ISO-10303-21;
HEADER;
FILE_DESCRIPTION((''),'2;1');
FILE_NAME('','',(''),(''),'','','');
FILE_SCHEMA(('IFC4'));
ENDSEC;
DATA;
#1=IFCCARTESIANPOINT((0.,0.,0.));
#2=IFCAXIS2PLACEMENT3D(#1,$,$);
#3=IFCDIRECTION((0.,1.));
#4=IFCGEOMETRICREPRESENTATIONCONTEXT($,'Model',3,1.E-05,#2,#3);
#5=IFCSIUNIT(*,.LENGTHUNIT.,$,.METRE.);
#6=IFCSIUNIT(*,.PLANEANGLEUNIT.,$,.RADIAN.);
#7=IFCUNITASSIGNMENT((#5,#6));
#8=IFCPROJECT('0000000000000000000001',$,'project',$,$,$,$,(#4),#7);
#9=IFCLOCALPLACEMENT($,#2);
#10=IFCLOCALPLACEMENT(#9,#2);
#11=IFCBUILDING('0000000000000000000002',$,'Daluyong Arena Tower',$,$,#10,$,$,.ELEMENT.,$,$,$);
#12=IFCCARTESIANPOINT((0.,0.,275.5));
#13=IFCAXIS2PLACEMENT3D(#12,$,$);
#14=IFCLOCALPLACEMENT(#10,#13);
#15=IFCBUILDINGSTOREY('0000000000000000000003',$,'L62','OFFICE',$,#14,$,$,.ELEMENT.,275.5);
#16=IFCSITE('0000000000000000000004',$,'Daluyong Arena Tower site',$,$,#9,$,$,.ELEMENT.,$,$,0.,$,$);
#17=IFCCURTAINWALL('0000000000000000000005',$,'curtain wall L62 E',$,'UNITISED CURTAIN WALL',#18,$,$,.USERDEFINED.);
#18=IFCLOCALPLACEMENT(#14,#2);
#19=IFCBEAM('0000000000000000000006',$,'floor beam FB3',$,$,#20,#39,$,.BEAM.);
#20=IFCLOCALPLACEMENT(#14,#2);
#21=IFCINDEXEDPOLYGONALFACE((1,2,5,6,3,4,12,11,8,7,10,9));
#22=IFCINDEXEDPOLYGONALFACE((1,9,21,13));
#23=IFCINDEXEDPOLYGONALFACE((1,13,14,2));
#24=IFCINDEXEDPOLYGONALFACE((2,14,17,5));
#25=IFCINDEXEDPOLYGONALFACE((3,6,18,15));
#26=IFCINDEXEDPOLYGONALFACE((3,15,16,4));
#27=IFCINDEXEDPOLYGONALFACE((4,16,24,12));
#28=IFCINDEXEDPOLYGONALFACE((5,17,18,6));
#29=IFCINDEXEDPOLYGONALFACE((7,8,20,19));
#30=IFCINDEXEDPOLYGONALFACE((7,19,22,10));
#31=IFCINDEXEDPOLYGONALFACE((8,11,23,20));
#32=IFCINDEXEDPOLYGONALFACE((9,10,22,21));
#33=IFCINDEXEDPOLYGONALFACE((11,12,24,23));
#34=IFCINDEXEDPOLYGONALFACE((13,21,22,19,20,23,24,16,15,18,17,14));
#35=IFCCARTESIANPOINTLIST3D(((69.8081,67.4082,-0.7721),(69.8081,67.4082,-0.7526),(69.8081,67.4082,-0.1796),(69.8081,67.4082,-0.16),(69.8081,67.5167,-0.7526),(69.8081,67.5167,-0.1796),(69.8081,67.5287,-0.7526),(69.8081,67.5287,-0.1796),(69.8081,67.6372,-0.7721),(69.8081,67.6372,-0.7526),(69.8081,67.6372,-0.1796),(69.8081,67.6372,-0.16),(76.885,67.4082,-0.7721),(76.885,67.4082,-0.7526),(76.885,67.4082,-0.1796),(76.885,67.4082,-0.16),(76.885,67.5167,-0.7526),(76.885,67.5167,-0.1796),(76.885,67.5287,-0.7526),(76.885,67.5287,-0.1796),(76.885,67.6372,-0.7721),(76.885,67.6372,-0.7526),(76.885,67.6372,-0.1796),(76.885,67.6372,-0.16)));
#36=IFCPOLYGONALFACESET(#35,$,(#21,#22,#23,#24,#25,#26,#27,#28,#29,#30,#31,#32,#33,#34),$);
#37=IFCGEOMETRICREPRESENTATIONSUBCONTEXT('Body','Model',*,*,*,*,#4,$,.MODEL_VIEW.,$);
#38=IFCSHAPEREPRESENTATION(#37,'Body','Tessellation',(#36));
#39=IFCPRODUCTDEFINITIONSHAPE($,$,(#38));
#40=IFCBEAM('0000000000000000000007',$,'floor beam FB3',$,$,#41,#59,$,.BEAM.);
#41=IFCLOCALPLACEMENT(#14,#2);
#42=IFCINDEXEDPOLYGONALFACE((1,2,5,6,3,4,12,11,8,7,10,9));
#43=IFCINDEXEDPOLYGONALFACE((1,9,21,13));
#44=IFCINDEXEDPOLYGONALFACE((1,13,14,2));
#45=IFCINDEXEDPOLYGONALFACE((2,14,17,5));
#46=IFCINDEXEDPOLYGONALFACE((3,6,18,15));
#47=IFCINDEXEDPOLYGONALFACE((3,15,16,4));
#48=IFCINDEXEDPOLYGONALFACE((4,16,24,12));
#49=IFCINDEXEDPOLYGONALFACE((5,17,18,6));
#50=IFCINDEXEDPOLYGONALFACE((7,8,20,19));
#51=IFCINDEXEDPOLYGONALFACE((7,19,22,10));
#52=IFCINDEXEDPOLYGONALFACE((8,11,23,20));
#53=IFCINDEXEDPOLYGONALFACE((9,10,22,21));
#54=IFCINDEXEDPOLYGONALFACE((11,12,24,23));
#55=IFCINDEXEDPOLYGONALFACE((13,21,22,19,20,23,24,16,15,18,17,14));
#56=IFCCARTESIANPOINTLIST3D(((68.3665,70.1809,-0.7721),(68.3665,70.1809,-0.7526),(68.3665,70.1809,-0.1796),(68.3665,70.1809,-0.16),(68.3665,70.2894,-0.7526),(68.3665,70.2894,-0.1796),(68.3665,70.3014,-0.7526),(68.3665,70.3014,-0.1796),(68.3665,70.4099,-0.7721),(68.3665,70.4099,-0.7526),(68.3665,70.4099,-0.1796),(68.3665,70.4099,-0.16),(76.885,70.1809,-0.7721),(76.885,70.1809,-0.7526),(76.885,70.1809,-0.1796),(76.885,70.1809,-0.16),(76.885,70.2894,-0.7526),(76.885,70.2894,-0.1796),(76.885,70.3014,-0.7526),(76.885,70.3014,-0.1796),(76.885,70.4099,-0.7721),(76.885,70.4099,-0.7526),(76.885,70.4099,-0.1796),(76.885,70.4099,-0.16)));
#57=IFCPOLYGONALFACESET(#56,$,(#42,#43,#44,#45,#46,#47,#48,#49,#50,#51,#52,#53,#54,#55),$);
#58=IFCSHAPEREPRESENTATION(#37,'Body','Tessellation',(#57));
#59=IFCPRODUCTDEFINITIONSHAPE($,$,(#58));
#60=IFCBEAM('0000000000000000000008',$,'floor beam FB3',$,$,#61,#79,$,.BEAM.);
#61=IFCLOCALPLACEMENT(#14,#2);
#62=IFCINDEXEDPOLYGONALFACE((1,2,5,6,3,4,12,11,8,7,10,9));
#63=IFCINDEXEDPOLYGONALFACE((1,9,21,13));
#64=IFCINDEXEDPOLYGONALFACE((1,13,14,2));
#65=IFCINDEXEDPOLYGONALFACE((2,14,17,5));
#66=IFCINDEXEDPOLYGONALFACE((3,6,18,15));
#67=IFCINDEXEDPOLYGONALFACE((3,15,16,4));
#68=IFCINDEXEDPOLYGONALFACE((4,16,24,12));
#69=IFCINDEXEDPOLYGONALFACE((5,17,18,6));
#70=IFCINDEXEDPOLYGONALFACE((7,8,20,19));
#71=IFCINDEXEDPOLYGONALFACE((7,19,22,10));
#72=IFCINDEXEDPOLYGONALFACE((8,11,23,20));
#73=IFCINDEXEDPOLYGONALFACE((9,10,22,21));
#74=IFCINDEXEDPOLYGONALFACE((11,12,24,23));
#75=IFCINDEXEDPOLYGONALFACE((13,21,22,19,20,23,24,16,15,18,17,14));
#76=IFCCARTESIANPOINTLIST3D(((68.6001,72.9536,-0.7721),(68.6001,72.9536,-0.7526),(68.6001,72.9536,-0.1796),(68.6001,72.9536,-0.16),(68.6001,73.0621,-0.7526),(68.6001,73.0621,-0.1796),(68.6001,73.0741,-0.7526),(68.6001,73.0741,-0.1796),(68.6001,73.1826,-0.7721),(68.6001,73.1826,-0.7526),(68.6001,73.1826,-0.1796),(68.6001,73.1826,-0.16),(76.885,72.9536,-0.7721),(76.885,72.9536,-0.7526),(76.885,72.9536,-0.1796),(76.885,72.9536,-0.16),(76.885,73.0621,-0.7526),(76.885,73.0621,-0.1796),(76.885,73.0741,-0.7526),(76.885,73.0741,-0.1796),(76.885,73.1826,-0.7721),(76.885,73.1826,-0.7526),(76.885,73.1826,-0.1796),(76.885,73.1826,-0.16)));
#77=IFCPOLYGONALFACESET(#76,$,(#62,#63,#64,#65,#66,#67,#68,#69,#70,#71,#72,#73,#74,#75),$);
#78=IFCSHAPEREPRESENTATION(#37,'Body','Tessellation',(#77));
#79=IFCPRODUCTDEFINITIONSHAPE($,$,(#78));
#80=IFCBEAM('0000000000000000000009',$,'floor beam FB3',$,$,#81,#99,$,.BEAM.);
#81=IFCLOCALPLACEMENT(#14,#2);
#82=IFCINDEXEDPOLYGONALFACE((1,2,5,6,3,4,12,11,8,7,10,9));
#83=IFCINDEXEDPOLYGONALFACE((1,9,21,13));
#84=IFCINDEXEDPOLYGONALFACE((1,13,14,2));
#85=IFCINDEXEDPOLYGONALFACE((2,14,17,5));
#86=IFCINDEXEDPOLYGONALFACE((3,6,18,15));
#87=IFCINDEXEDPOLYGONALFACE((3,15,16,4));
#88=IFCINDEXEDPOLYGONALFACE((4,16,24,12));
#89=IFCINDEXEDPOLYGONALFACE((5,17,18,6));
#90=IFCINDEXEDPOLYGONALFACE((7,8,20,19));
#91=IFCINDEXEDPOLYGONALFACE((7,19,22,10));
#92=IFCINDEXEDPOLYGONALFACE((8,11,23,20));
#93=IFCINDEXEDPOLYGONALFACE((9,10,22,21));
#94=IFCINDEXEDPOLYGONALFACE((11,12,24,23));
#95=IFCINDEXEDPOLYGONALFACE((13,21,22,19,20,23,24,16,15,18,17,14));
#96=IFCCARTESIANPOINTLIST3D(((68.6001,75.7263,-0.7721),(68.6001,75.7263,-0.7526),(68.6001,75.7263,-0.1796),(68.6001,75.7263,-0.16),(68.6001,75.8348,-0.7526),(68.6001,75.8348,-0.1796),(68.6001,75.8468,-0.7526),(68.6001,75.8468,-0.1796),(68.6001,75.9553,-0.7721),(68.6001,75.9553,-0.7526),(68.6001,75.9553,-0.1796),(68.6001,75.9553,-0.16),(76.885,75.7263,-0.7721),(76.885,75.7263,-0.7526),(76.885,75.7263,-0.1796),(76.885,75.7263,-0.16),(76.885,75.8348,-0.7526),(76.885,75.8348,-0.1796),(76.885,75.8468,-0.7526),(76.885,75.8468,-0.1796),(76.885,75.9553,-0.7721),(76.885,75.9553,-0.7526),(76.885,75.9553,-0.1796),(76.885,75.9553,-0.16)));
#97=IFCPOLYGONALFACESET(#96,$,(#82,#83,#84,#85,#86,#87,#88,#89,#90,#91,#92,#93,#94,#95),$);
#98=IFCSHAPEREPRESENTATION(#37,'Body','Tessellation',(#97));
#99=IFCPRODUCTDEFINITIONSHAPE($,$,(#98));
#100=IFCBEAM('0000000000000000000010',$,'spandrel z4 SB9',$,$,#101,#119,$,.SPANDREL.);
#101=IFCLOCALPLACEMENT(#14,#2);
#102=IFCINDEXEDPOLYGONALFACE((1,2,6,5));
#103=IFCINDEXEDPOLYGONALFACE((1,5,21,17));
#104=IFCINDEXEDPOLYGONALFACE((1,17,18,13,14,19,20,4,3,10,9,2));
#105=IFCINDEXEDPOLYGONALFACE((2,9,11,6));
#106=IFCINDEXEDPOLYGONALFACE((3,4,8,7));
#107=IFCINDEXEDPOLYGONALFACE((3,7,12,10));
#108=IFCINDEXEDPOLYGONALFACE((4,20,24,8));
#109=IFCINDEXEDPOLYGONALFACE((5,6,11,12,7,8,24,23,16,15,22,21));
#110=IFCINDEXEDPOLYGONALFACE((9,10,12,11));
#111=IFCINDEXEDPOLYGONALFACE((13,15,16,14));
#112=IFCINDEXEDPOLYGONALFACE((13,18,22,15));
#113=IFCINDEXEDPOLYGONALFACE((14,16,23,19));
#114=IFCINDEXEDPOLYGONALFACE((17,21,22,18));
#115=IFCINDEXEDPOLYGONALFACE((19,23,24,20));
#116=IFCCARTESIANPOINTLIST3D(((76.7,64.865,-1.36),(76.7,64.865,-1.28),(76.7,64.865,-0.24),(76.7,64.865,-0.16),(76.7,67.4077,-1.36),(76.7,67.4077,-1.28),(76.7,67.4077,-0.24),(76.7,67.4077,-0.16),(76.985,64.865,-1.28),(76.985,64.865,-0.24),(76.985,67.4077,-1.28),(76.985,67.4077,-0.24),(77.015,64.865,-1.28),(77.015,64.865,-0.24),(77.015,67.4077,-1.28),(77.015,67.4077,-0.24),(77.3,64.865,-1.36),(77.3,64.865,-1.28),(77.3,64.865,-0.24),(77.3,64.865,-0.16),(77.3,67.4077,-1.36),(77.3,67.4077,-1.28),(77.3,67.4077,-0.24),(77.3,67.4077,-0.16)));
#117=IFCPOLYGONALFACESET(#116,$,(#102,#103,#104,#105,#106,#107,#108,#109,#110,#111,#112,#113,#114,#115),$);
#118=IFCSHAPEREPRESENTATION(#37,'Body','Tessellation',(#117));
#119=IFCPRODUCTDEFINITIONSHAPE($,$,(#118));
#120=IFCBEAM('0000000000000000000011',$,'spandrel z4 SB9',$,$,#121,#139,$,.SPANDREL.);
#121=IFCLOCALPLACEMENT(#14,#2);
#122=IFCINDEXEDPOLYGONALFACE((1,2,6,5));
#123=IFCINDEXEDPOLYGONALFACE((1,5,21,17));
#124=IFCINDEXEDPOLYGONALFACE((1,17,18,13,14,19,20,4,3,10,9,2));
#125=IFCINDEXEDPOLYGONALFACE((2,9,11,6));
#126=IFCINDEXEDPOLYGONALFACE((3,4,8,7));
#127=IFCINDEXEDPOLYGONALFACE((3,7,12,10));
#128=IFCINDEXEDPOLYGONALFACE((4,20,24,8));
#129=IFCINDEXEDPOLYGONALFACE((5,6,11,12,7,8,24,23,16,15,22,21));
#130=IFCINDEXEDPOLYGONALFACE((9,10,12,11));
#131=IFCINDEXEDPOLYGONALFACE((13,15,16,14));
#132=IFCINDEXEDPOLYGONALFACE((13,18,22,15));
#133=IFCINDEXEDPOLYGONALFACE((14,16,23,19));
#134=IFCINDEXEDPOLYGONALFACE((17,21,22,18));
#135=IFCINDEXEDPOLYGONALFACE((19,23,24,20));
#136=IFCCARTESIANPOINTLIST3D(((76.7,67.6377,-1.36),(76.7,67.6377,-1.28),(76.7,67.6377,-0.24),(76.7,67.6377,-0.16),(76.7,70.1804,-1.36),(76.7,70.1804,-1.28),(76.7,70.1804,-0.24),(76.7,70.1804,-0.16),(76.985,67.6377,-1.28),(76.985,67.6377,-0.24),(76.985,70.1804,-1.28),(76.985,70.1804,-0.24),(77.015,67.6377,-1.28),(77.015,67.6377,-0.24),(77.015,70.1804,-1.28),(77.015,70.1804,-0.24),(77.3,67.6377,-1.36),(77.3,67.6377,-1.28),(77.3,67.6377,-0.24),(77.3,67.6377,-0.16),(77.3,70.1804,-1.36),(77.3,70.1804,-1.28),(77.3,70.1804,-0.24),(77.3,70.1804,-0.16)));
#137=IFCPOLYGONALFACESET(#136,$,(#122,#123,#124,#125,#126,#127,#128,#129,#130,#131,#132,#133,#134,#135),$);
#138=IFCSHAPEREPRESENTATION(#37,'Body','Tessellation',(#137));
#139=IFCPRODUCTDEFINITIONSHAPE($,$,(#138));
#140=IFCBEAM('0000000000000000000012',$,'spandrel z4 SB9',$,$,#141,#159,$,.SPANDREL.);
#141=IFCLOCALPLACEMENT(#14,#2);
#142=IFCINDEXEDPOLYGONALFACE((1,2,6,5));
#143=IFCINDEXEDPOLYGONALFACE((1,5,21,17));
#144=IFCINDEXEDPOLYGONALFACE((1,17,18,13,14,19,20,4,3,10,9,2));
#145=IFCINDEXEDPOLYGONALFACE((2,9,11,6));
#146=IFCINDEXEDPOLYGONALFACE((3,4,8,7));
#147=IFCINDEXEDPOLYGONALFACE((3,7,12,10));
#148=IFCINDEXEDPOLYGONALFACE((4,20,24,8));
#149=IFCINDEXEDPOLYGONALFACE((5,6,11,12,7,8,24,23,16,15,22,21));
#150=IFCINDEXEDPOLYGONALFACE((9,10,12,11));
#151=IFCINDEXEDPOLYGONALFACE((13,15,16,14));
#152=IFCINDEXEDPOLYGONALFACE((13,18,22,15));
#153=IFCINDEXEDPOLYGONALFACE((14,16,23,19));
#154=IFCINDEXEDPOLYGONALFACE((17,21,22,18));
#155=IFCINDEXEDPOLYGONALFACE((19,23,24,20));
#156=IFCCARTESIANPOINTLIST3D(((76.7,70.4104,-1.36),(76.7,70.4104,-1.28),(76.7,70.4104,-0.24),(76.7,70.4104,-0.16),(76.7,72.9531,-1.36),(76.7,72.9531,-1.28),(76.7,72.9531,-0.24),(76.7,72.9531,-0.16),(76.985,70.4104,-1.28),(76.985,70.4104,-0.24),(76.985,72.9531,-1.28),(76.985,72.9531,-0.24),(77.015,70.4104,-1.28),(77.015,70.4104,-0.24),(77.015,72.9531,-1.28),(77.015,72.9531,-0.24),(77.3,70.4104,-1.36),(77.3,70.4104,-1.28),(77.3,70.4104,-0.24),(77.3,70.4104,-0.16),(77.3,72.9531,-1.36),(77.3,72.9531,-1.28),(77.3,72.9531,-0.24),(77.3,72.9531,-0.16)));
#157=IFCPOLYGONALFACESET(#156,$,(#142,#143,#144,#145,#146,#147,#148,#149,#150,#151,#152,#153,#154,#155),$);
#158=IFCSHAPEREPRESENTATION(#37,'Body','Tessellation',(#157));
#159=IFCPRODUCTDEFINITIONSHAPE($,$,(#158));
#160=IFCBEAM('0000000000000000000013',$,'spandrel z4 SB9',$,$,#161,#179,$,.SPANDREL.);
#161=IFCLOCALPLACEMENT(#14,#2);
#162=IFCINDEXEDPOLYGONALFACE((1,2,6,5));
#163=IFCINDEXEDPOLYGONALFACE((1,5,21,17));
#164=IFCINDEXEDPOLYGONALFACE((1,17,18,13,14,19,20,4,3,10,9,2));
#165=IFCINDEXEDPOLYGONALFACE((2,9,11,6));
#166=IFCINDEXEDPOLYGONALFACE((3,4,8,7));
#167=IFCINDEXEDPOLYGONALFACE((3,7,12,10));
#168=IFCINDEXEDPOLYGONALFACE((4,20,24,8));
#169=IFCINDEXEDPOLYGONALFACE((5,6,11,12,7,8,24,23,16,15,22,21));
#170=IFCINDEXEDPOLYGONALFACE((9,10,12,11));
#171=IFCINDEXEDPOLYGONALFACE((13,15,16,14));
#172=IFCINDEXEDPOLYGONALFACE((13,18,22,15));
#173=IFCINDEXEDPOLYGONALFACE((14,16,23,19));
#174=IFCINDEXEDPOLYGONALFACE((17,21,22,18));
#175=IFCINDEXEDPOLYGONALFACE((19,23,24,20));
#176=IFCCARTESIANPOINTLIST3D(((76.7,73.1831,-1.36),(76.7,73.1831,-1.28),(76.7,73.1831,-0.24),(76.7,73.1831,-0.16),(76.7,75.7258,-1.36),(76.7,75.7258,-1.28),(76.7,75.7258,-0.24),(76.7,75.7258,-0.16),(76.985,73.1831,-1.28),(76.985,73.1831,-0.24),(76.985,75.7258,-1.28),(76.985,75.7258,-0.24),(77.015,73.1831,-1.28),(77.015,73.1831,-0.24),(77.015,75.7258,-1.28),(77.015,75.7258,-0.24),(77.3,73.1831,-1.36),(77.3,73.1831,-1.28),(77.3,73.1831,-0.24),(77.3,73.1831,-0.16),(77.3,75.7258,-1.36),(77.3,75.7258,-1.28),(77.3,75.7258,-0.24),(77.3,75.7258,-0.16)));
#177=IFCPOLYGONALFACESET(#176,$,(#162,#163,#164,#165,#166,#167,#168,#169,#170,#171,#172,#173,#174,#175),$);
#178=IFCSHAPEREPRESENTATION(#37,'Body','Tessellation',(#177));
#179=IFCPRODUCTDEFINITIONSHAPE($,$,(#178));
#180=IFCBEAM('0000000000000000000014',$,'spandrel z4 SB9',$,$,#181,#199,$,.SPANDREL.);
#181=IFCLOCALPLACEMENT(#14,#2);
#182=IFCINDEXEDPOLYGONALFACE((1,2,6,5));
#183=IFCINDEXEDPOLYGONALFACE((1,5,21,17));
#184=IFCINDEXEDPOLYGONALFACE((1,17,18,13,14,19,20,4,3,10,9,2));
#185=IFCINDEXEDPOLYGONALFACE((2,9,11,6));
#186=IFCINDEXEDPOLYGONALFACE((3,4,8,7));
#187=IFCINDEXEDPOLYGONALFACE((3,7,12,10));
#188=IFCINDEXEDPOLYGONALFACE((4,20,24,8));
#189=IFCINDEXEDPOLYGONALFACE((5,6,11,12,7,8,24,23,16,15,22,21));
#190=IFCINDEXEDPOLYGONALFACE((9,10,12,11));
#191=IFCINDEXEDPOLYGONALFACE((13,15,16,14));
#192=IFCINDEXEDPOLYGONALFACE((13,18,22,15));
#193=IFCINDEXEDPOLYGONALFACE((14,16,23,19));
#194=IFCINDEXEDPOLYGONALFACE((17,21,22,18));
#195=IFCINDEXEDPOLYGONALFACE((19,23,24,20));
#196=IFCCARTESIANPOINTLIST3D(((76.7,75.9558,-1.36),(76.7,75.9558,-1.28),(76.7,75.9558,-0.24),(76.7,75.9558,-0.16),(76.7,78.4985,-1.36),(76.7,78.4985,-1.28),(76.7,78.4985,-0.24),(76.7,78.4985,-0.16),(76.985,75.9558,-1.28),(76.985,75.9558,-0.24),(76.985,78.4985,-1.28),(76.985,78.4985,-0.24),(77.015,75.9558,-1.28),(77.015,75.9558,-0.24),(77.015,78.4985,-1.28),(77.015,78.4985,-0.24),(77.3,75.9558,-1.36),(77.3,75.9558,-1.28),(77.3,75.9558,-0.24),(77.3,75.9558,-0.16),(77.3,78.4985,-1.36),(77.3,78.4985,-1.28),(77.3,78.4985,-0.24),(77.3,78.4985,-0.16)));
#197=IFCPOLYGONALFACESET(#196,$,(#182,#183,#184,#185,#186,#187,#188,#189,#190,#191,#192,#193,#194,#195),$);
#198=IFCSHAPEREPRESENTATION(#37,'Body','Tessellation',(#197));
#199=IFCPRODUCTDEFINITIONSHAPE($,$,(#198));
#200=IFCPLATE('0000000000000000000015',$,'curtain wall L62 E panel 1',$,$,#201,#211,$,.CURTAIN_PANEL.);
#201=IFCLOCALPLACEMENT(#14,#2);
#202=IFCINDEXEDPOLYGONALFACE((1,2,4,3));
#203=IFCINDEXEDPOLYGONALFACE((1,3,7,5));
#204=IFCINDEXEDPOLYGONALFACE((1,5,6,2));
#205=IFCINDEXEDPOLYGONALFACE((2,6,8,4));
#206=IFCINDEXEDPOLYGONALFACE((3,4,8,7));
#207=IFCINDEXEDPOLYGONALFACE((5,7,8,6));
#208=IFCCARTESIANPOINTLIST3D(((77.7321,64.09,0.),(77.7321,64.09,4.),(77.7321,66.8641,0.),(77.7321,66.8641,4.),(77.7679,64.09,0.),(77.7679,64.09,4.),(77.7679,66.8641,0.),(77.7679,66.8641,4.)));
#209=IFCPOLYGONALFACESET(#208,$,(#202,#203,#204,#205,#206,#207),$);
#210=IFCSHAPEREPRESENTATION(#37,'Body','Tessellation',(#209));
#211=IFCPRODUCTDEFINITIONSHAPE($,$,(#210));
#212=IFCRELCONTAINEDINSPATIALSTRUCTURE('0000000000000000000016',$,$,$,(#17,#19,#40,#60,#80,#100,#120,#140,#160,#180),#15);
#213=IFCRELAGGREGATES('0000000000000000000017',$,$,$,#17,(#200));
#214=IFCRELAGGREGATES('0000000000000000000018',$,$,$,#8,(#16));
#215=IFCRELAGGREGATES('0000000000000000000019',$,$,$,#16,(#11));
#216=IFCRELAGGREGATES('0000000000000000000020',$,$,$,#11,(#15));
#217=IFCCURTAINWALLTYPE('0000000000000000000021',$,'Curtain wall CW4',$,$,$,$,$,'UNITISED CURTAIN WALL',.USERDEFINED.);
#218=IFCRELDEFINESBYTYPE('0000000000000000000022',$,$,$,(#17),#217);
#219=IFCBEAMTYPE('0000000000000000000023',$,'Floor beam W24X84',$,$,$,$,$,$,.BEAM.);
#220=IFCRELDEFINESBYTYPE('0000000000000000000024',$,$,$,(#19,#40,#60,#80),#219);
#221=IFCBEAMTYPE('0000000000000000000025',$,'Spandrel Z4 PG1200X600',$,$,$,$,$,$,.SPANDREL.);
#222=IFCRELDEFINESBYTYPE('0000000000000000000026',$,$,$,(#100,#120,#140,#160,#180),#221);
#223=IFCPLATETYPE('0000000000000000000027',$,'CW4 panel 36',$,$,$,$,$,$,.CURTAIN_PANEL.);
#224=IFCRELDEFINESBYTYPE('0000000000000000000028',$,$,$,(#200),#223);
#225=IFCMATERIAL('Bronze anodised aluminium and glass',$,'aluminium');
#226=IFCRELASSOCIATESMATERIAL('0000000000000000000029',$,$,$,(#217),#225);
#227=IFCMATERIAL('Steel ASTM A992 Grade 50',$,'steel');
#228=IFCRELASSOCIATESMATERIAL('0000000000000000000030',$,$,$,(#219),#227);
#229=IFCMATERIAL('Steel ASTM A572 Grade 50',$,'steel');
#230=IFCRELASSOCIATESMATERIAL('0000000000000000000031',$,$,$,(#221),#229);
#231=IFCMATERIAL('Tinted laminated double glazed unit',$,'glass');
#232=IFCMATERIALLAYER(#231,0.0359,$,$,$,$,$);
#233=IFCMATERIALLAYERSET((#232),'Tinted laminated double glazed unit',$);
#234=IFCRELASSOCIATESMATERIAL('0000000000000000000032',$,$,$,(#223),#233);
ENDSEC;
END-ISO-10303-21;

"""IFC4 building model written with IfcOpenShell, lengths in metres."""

from ifc_helpers import new_model, si_unit, direction, frame, origin, origin_2d, place, context, subcontext, project, spatial, rectangle, i_section, extrude, material, layer, layer_set, material_profile, profile_set, type_object, element, aggregate, save


model = new_model("IFC4")

# Units and contexts
model_context = context("Model", 3, precision=1e-05, world=origin(), true_north=direction((0.0, 1.0)))
body_context = subcontext(model_context, "Body", "Model", "MODEL_VIEW")
ifc_project = project(units=[si_unit("LENGTHUNIT", "METRE"), si_unit("PLANEANGLEUNIT", "RADIAN")], contexts=[model_context])

# Site, building, storey
site_placement = place(None, origin())
site = spatial("IfcSite", under=ifc_project, at=site_placement, Name="Daluyong Arena Tower site", CompositionType="ELEMENT", RefElevation=0.0)
building_placement = place(site_placement, origin())
building = spatial("IfcBuilding", under=site, at=building_placement, Name="Daluyong Arena Tower", CompositionType="ELEMENT")
storey_placement = place(building_placement, frame((0.0, 0.0, 275.5)))
storey = spatial("IfcBuildingStorey", under=building, at=storey_placement, Name="L62", Description="OFFICE", CompositionType="ELEMENT", Elevation=275.5)

# Curtain wall
ifc_material_1 = material(Name="Bronze anodised aluminium and glass", Category="aluminium")
curtain_wall_type = type_object("IfcCurtainWallType", Name="Curtain wall CW4", ElementType="UNITISED CURTAIN WALL", PredefinedType="USERDEFINED", material=ifc_material_1)
curtain_wall_placement = place(storey_placement, origin())
curtain_wall = element("IfcCurtainWall", 1, at=curtain_wall_placement, inside=storey, type_object=curtain_wall_type, Name="curtain wall L62 E", ObjectType="UNITISED CURTAIN WALL", PredefinedType="USERDEFINED")

# Beams
ifc_material_2 = material(Name="Steel ASTM A992 Grade 50", Category="steel")
ifc_material_profile_1 = material_profile(ifc_material_2, i_section(OverallWidth=0.229, OverallDepth=0.6121, WebThickness=0.012, FlangeThickness=0.0195, at=origin_2d()))
ifc_profile_set_1 = profile_set([ifc_material_profile_1], Name="Steel ASTM A992 Grade 50")
beam_type_1 = type_object("IfcBeamType", Name="Floor beam W24X84", PredefinedType="BEAM", material=ifc_profile_set_1)
beam_1_placement = place(storey_placement, frame((76.885, 67.5227, -0.4661), z_axis=(-1.0, 0.0, 0.0), x_axis=(0.0, -1.0, 0.0)))
element("IfcBeam", 2, at=beam_1_placement, inside=storey, type_object=beam_type_1, Name="floor beam FB3", PredefinedType="BEAM", context=body_context, shape_type="SweptSolid", body=[
    extrude(i_section(OverallWidth=0.229, OverallDepth=0.6121, WebThickness=0.012, FlangeThickness=0.0195, at=origin_2d()), origin(), (0.0, 0.0, 1.0), 7.0769),
])
beam_2_placement = place(storey_placement, frame((76.885, 70.2954, -0.4661), z_axis=(-1.0, 0.0, 0.0), x_axis=(0.0, -1.0, 0.0)))
element("IfcBeam", 3, at=beam_2_placement, inside=storey, type_object=beam_type_1, Name="floor beam FB3", PredefinedType="BEAM", context=body_context, shape_type="SweptSolid", body=[
    extrude(i_section(OverallWidth=0.229, OverallDepth=0.6121, WebThickness=0.012, FlangeThickness=0.0195, at=origin_2d()), origin(), (0.0, 0.0, 1.0), 8.5186),
])
for number, where, z_axis, x_axis, name in (
    (4, (76.885, 73.0681, -0.4661), (-1.0, 0.0, 0.0), (0.0, -1.0, 0.0), "floor beam FB3"),
    (5, (76.885, 75.8408, -0.4661), (-1.0, 0.0, 0.0), (0.0, -1.0, 0.0), "floor beam FB3"),
):
    element("IfcBeam", number, at=place(storey_placement, frame(where, z_axis=z_axis, x_axis=x_axis)), inside=storey, type_object=beam_type_1, Name=name, PredefinedType="BEAM", context=body_context, shape_type="SweptSolid", body=[
        extrude(i_section(OverallWidth=0.229, OverallDepth=0.6121, WebThickness=0.012, FlangeThickness=0.0195, at=origin_2d()), origin(), (0.0, 0.0, 1.0), 8.2849),
    ])
ifc_material_3 = material(Name="Steel ASTM A572 Grade 50", Category="steel")
ifc_material_profile_2 = material_profile(ifc_material_3, i_section(OverallWidth=0.6001, OverallDepth=1.2, WebThickness=0.03, FlangeThickness=0.08, at=origin_2d()))
ifc_profile_set_2 = profile_set([ifc_material_profile_2], Name="Steel ASTM A572 Grade 50")
beam_type_2 = type_object("IfcBeamType", Name="Spandrel Z4 PG1200X600", PredefinedType="SPANDREL", material=ifc_profile_set_2)
for number, where, z_axis, x_axis, name in (
    (6, (77.0, 64.865, -0.76), (0.0, 1.0, 0.0), (-1.0, 0.0, 0.0), "spandrel z4 SB9"),
    (7, (77.0, 67.6377, -0.76), (0.0, 1.0, 0.0), (-1.0, 0.0, 0.0), "spandrel z4 SB9"),
    (8, (77.0, 70.4104, -0.76), (0.0, 1.0, 0.0), (-1.0, 0.0, 0.0), "spandrel z4 SB9"),
    (9, (77.0, 73.1831, -0.76), (0.0, 1.0, 0.0), (-1.0, 0.0, 0.0), "spandrel z4 SB9"),
    (10, (77.0, 75.9558, -0.76), (0.0, 1.0, 0.0), (-1.0, 0.0, 0.0), "spandrel z4 SB9"),
):
    element("IfcBeam", number, at=place(storey_placement, frame(where, z_axis=z_axis, x_axis=x_axis)), inside=storey, type_object=beam_type_2, Name=name, PredefinedType="SPANDREL", context=body_context, shape_type="SweptSolid", body=[
        extrude(i_section(OverallWidth=0.6001, OverallDepth=1.2, WebThickness=0.03, FlangeThickness=0.08, at=origin_2d()), origin(), (0.0, 0.0, 1.0), 2.5427),
    ])

# Plate
ifc_material_4 = material(Name="Tinted laminated double glazed unit", Category="glass")
ifc_layer_1 = layer(ifc_material_4, 0.0359)
ifc_layer_set_1 = layer_set([ifc_layer_1], Name="Tinted laminated double glazed unit")
plate_type = type_object("IfcPlateType", Name="CW4 panel 36", PredefinedType="CURTAIN_PANEL", material=ifc_layer_set_1)
plate_1_placement = place(storey_placement, frame((77.75, 65.4771, 0.0), z_axis=(0.0, 0.0, 1.0), x_axis=(0.0, 1.0, 0.0)))
plate_1 = element("IfcPlate", 11, at=plate_1_placement, type_object=plate_type, Name="curtain wall L62 E panel 1", PredefinedType="CURTAIN_PANEL", context=body_context, shape_type="SweptSolid", body=[
    extrude(rectangle(XDim=2.7742, YDim=0.0359, at=origin_2d()), origin(), (0.0, 0.0, 1.0), 4.0),
])
aggregate(curtain_wall, [plate_1])

save(model, "model.ifc")
